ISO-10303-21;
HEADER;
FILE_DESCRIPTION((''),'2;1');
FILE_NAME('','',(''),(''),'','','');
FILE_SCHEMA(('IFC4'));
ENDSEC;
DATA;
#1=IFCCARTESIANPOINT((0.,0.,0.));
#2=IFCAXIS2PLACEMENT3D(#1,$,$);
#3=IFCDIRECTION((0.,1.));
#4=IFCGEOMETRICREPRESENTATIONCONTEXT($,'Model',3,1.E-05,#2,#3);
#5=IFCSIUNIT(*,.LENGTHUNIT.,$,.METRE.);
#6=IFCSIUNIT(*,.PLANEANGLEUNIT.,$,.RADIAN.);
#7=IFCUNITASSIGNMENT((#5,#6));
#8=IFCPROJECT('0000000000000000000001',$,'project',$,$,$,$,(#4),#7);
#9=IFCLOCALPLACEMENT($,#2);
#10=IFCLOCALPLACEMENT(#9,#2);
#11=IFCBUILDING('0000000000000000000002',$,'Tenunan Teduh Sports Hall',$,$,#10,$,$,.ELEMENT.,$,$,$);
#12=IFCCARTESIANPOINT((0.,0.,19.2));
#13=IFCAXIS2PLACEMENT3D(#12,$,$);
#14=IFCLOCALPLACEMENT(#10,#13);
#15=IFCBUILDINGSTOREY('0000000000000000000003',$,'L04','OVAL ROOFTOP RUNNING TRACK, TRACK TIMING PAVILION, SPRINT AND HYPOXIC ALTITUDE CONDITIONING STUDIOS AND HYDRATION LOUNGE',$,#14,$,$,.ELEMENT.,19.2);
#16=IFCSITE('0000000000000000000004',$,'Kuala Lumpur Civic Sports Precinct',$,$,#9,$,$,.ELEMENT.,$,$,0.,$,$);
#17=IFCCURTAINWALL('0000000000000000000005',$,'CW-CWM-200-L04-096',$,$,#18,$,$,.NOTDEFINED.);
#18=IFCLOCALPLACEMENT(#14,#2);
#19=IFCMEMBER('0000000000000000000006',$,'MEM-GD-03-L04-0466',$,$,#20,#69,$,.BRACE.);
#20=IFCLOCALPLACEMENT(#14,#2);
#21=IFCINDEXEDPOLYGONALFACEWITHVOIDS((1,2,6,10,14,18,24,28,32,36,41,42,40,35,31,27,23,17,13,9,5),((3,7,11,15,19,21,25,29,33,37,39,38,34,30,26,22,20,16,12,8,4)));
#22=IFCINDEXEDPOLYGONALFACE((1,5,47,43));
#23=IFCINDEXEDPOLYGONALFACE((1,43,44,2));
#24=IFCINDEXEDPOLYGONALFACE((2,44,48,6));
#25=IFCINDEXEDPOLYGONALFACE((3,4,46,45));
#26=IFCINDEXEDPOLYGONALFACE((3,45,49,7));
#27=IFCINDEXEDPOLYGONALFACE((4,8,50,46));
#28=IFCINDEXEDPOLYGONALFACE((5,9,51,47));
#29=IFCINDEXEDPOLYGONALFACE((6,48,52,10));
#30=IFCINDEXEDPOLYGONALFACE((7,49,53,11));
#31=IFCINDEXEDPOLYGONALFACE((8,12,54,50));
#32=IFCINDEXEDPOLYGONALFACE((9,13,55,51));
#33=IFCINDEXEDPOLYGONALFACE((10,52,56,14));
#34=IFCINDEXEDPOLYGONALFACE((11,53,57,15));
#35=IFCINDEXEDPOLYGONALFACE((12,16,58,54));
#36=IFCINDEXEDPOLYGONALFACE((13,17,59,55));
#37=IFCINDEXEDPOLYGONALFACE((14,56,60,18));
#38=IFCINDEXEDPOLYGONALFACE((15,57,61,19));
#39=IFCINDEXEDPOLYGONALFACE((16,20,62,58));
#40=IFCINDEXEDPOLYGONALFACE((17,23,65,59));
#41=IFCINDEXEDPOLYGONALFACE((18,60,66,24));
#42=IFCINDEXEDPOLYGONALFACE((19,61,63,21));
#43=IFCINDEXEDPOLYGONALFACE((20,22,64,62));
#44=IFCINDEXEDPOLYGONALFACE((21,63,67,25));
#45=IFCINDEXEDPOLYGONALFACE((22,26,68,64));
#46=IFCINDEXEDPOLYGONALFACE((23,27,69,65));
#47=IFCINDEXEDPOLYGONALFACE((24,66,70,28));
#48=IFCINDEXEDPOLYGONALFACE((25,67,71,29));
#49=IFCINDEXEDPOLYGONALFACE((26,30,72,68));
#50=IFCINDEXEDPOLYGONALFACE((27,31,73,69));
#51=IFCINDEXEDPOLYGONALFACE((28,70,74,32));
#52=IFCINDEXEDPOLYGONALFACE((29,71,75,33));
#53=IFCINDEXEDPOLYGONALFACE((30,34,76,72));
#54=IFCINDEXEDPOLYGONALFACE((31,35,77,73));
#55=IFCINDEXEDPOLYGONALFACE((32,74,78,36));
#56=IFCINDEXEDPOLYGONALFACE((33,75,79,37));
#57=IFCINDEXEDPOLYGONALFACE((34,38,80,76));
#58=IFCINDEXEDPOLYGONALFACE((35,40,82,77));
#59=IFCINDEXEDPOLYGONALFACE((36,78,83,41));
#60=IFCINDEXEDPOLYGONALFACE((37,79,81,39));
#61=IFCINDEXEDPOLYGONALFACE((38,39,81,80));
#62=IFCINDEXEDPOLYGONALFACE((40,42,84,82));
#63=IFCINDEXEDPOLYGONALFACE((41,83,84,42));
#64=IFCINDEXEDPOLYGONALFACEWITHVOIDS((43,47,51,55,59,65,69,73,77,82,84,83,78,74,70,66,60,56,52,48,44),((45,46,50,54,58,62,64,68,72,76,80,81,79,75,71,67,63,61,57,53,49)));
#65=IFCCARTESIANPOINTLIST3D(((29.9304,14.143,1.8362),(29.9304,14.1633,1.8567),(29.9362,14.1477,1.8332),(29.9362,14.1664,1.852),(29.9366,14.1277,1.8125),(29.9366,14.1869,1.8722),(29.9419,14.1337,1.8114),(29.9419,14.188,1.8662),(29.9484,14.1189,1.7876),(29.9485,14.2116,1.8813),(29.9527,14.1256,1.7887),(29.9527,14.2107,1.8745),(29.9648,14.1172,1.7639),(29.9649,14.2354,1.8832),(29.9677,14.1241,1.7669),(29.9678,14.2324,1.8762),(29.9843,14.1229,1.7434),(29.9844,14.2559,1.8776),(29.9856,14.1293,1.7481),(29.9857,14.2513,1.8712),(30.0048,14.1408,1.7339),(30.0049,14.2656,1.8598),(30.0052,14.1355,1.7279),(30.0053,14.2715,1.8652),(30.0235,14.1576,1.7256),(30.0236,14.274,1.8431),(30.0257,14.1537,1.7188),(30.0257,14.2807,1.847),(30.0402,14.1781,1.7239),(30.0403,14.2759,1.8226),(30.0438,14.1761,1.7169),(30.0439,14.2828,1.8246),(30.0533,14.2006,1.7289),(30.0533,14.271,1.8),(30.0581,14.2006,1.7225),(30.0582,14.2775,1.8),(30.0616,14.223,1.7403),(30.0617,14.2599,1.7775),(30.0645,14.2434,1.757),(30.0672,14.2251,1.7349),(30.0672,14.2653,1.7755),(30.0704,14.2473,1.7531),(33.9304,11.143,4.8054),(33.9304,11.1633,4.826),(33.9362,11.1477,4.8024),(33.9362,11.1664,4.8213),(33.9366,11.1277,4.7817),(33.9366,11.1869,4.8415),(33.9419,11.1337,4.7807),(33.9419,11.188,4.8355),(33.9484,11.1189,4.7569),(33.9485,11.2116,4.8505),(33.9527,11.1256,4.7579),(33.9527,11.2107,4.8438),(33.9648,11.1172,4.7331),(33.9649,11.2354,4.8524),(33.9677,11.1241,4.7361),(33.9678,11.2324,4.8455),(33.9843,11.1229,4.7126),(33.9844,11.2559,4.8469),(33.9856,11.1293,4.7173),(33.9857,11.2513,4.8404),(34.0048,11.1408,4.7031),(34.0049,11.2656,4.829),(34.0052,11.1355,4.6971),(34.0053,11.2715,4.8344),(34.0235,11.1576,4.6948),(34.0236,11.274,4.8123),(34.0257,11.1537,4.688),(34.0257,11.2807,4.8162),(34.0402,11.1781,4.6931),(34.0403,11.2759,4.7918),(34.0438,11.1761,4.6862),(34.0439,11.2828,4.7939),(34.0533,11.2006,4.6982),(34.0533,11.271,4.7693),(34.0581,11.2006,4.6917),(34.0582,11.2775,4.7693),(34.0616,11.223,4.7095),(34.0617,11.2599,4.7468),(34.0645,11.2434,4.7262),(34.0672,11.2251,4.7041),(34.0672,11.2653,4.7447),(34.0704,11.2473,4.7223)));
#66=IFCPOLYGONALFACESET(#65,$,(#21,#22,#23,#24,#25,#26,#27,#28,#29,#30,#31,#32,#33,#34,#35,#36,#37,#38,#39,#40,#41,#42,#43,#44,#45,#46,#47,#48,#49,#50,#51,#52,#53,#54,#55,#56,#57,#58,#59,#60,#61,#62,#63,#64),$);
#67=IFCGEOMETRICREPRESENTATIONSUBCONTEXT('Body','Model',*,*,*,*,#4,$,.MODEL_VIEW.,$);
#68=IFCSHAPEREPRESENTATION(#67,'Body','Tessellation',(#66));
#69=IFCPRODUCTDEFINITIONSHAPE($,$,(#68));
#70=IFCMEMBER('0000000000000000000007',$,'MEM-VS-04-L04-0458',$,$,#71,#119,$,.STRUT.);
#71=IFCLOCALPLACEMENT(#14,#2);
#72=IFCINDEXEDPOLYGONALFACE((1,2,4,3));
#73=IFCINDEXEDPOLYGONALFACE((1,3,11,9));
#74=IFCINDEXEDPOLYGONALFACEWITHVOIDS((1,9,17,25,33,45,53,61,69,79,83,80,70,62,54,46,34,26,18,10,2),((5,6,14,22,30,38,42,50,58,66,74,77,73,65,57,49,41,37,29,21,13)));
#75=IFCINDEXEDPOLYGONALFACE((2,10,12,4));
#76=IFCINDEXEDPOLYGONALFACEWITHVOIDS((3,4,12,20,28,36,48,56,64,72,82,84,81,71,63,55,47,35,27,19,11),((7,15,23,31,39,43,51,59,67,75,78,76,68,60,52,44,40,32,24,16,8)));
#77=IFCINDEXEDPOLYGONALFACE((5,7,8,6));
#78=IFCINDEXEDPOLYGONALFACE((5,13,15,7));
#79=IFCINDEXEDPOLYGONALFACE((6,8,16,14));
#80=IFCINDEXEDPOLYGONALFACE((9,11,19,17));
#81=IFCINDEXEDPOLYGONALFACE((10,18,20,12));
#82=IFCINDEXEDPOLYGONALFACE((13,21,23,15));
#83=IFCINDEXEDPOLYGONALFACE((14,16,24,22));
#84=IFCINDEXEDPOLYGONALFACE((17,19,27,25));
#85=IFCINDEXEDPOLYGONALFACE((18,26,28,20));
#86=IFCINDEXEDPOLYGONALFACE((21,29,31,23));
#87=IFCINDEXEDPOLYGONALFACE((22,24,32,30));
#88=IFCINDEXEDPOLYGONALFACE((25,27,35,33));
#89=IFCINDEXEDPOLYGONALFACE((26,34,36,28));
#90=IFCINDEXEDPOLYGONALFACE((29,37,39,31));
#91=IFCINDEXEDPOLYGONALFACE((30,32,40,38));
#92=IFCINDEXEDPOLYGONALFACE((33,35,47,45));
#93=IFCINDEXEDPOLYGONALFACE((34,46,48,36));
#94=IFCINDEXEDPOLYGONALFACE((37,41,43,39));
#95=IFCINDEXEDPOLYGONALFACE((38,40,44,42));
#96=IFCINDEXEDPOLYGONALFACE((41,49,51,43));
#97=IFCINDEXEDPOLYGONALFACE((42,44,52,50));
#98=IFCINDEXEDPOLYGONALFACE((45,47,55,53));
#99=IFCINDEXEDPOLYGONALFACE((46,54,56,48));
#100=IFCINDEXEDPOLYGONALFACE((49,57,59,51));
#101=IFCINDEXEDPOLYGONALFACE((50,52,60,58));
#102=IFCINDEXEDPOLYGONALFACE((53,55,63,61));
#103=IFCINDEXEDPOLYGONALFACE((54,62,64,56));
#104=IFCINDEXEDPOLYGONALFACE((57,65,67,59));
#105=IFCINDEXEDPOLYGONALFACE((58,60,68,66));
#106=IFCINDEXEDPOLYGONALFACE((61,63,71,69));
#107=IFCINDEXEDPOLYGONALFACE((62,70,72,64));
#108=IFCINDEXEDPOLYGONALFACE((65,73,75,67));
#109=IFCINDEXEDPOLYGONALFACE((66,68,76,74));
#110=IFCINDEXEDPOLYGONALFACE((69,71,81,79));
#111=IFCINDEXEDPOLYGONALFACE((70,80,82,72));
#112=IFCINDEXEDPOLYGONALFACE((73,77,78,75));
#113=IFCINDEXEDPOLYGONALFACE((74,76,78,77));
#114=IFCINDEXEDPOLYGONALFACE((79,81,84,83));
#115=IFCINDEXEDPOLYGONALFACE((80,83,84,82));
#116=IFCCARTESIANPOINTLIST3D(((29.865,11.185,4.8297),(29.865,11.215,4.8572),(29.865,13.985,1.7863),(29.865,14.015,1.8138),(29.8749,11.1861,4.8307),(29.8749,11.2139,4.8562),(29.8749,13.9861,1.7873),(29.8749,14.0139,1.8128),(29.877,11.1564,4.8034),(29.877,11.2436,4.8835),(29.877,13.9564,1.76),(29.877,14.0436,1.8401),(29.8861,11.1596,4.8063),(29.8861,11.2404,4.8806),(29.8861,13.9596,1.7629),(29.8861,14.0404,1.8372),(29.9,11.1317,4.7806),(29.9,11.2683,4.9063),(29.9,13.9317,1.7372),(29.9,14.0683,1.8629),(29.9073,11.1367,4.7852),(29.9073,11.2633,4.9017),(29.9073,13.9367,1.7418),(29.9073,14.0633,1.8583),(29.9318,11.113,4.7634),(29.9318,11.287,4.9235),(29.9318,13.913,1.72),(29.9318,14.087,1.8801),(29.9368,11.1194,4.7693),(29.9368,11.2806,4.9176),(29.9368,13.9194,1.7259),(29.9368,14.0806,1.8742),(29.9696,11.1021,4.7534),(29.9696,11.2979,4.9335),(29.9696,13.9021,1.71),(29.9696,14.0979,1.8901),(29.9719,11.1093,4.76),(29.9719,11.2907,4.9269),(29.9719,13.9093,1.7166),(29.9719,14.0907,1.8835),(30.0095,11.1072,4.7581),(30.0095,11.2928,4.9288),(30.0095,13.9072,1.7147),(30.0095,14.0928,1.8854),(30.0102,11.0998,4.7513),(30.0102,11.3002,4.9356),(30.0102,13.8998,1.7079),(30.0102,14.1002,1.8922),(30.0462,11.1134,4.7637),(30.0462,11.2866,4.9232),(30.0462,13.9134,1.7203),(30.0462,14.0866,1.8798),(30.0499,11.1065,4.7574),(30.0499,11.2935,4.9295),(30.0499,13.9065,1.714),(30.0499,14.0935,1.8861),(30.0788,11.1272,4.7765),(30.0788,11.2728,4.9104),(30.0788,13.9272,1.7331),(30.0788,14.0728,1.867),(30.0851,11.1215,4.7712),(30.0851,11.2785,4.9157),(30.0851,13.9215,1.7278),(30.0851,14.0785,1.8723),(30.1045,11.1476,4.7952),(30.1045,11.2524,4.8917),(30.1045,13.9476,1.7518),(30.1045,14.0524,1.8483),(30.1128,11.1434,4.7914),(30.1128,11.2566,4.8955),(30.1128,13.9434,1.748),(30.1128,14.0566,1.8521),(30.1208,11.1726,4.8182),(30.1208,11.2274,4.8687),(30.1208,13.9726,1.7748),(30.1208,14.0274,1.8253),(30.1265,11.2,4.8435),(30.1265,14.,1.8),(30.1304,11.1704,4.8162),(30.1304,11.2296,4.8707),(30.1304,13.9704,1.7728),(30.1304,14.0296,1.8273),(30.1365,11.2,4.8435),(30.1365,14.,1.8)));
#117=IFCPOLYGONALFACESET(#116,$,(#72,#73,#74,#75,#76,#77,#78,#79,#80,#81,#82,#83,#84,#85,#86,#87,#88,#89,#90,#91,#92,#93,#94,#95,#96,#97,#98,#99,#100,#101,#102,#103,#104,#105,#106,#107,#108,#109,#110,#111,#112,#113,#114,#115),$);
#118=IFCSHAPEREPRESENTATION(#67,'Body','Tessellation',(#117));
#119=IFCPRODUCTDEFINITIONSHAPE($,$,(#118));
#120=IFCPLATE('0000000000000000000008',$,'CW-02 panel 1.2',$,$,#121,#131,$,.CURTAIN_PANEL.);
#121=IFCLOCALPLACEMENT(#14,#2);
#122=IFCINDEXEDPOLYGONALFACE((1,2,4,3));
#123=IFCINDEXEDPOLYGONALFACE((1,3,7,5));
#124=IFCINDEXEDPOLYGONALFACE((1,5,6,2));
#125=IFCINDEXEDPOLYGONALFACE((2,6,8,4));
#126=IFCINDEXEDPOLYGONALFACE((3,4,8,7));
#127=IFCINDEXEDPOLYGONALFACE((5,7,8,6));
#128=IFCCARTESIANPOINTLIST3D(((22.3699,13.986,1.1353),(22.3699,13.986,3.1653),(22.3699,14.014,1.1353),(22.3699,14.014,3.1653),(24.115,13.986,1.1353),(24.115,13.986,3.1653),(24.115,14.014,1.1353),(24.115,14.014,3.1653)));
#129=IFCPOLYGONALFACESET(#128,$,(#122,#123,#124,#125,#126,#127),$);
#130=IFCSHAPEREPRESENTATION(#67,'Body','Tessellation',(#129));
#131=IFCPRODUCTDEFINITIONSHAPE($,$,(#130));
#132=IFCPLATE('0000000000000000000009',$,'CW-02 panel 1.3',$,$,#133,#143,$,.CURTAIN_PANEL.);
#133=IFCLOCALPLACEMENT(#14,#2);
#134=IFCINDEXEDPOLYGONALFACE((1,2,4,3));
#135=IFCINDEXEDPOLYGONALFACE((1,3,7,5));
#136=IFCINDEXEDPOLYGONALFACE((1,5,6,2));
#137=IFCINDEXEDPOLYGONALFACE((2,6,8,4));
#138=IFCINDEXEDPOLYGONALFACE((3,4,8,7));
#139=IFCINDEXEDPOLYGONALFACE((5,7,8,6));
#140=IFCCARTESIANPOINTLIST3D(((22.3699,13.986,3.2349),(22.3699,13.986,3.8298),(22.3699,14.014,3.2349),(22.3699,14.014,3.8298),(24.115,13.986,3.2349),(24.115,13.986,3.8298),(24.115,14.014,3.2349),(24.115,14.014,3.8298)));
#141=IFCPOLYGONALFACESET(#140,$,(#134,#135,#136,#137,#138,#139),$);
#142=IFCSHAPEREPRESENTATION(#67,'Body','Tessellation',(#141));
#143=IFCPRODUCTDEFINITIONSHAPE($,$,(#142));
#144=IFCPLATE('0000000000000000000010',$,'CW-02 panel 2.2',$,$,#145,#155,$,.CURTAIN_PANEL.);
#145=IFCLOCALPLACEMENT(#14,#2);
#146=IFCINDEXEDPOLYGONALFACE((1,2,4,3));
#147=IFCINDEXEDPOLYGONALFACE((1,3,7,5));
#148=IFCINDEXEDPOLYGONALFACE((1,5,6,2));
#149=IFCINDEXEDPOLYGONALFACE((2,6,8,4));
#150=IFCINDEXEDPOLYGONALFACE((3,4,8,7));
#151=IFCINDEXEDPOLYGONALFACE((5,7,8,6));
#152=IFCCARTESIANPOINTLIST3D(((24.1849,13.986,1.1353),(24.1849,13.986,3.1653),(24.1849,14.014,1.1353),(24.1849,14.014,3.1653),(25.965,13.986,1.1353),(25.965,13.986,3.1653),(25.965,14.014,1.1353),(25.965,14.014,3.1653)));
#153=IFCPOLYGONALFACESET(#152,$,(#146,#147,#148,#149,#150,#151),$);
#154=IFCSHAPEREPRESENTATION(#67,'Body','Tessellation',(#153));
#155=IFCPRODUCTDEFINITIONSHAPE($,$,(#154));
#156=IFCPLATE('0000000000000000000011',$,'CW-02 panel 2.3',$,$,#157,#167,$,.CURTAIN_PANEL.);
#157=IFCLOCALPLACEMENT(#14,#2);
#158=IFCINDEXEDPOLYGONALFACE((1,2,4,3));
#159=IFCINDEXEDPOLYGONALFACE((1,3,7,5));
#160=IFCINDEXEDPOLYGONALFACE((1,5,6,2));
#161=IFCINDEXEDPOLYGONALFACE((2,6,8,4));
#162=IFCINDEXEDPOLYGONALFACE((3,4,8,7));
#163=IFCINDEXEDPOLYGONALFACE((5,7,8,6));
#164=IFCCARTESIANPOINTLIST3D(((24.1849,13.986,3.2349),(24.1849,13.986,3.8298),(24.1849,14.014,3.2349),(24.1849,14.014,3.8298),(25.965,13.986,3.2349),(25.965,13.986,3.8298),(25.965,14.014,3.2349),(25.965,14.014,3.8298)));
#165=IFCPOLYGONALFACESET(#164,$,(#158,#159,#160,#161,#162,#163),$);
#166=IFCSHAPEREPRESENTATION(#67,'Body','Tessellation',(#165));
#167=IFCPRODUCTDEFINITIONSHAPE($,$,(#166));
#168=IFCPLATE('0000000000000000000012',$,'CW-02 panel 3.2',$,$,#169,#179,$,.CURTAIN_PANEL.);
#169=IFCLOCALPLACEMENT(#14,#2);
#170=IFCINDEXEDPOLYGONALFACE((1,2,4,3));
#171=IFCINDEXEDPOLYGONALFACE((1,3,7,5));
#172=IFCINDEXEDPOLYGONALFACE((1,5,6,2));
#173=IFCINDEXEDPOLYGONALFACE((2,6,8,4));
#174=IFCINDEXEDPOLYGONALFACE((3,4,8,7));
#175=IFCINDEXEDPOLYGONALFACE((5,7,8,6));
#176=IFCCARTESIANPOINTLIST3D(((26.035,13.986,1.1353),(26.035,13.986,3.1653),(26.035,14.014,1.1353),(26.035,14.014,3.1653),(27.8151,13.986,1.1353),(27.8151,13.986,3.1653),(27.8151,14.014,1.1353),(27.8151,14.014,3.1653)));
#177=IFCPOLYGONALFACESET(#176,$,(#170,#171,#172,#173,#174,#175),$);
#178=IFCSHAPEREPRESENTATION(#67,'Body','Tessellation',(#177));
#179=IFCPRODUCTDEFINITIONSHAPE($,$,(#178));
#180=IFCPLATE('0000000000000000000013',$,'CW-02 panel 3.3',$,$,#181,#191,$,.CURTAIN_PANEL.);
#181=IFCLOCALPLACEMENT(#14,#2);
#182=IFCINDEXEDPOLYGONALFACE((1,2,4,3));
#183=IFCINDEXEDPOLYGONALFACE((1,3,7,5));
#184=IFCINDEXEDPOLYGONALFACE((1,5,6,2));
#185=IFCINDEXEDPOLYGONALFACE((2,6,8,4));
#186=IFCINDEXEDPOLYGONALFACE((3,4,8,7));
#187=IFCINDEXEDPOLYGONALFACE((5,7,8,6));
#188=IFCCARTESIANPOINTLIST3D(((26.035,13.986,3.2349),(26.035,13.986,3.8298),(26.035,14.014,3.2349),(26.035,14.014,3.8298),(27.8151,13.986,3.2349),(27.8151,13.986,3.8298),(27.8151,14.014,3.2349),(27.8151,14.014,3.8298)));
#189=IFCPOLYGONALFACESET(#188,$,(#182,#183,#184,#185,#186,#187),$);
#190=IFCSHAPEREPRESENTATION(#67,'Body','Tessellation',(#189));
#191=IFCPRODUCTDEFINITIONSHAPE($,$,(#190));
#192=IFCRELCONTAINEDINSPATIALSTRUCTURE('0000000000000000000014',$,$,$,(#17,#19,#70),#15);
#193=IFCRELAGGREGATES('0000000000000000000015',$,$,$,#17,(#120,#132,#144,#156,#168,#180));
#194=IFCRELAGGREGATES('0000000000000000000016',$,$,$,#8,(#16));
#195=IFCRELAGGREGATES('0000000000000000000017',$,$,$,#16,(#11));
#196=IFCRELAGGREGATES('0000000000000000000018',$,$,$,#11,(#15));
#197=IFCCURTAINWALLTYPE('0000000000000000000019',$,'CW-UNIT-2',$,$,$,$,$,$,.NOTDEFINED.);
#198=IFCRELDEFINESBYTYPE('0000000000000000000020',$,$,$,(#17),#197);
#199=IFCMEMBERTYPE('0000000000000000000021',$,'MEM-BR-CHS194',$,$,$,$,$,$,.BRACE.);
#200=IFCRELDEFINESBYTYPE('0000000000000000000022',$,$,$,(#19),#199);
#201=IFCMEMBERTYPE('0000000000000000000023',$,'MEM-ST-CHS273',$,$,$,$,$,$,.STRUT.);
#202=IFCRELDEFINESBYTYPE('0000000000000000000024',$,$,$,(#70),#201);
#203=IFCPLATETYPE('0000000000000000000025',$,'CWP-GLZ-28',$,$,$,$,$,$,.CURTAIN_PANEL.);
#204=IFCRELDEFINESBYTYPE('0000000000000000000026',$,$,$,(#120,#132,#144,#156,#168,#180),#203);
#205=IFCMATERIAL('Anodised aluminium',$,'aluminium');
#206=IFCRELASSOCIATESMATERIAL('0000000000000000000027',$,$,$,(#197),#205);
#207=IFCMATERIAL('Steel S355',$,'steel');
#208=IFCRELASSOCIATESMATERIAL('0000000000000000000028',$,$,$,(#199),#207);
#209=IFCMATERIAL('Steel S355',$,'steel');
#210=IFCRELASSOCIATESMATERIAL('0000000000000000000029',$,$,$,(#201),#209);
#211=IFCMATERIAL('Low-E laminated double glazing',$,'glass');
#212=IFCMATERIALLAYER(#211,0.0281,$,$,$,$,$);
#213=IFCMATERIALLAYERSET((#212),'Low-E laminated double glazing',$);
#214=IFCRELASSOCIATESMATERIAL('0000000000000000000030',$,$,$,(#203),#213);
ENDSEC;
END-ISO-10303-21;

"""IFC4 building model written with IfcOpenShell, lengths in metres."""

from ifc_helpers import new_model, si_unit, direction, frame, origin, origin_2d, place, context, subcontext, project, spatial, rectangle, hollow_circle, extrude, material, layer, layer_set, material_profile, profile_set, type_object, element, aggregate, save


model = new_model("IFC4")

# Units and contexts
model_context = context("Model", 3, precision=1e-05, world=origin(), true_north=direction((0.0, 1.0)))
body_context = subcontext(model_context, "Body", "Model", "MODEL_VIEW")
ifc_project = project(units=[si_unit("LENGTHUNIT", "METRE"), si_unit("PLANEANGLEUNIT", "RADIAN")], contexts=[model_context])

# Site, building, storey
site_placement = place(None, origin())
site = spatial("IfcSite", under=ifc_project, at=site_placement, Name="Kuala Lumpur Civic Sports Precinct", CompositionType="ELEMENT", RefElevation=0.0)
building_placement = place(site_placement, origin())
building = spatial("IfcBuilding", under=site, at=building_placement, Name="Tenunan Teduh Sports Hall", CompositionType="ELEMENT")
storey_placement = place(building_placement, frame((0.0, 0.0, 19.2)))
storey = spatial("IfcBuildingStorey", under=building, at=storey_placement, Name="L04", Description="OVAL ROOFTOP RUNNING TRACK, TRACK TIMING PAVILION, SPRINT AND HYPOXIC ALTITUDE CONDITIONING STUDIOS AND HYDRATION LOUNGE", CompositionType="ELEMENT", Elevation=19.2)

# Curtain wall
ifc_material_1 = material(Name="Anodised aluminium", Category="aluminium")
curtain_wall_type = type_object("IfcCurtainWallType", Name="CW-UNIT-2", PredefinedType="NOTDEFINED", material=ifc_material_1)
curtain_wall_placement = place(storey_placement, origin())
curtain_wall = element("IfcCurtainWall", 1, at=curtain_wall_placement, inside=storey, type_object=curtain_wall_type, Name="CW-CWM-200-L04-096", PredefinedType="NOTDEFINED")

# Members
ifc_material_2 = material(Name="Steel S355", Category="steel")
ifc_material_profile_1 = material_profile(ifc_material_2, hollow_circle(Radius=0.0969, WallThickness=0.0081, at=origin_2d()), Name="CHS 193.7x8.0")
ifc_profile_set_1 = profile_set([ifc_material_profile_1], Name="Steel S355")
member_type_1 = type_object("IfcMemberType", Name="MEM-BR-CHS194", PredefinedType="BRACE", material=ifc_profile_set_1)
for number, where, z_axis, x_axis, name in (
    (2, (30.0, 14.2, 1.8), (0.687854, -0.515891, 0.510601), (0.6, 0.8, 0.0), "MEM-GD-03-L04-0466"),
):
    element("IfcMember", number, at=place(storey_placement, frame(where, z_axis=z_axis, x_axis=x_axis)), inside=storey, type_object=member_type_1, Name=name, PredefinedType="BRACE", context=body_context, shape_type="SweptSolid", body=[
        extrude(hollow_circle(Radius=0.0969, WallThickness=0.0081, at=origin_2d()), origin(), (0.0, 0.0, 1.0), 5.8152),
    ])
ifc_material_3 = material(Name="Steel S355", Category="steel")
ifc_material_profile_2 = material_profile(ifc_material_3, hollow_circle(Radius=0.1365, WallThickness=0.01, at=origin_2d()), Name="CHS 273.0x10.0")
ifc_profile_set_2 = profile_set([ifc_material_profile_2], Name="Steel S355")
member_type_2 = type_object("IfcMemberType", Name="MEM-ST-CHS273", PredefinedType="STRUT", material=ifc_profile_set_2)
member_1_placement = place(storey_placement, frame((30.0, 14.0, 1.8), z_axis=(0.0, -0.677065, 0.735923), x_axis=(1.0, 0.0, 0.0)))
element("IfcMember", 3, at=member_1_placement, inside=storey, type_object=member_type_2, Name="MEM-VS-04-L04-0458", PredefinedType="STRUT", context=body_context, shape_type="SweptSolid", body=[
    extrude(hollow_circle(Radius=0.1365, WallThickness=0.01, at=origin_2d()), origin(), (0.0, 0.0, 1.0), 4.1355),
])

# Plates
ifc_material_4 = material(Name="Low-E laminated double glazing", Category="glass")
ifc_layer_1 = layer(ifc_material_4, 0.0281)
ifc_layer_set_1 = layer_set([ifc_layer_1], Name="Low-E laminated double glazing")
plate_type_1 = type_object("IfcPlateType", Name="CWP-GLZ-28", PredefinedType="CURTAIN_PANEL", material=ifc_layer_set_1)
plate_1_placement = place(storey_placement, frame((23.2424, 14.0, 1.1353), z_axis=(0.0, 0.0, 1.0), x_axis=(1.0, 0.0, 0.0)))
plate_1 = element("IfcPlate", 4, at=plate_1_placement, type_object=plate_type_1, Name="CW-02 panel 1.2", PredefinedType="CURTAIN_PANEL", context=body_context, shape_type="SweptSolid", body=[
    extrude(rectangle(XDim=1.7451, YDim=0.0281, at=origin_2d()), origin(), (0.0, 0.0, 1.0), 2.03),
])
plate_2_placement = place(storey_placement, frame((23.2424, 14.0, 3.2349), z_axis=(0.0, 0.0, 1.0), x_axis=(1.0, 0.0, 0.0)))
plate_2 = element("IfcPlate", 5, at=plate_2_placement, type_object=plate_type_1, Name="CW-02 panel 1.3", PredefinedType="CURTAIN_PANEL", context=body_context, shape_type="SweptSolid", body=[
    extrude(rectangle(XDim=1.7451, YDim=0.0281, at=origin_2d()), origin(), (0.0, 0.0, 1.0), 0.595),
])
plate_3_placement = place(storey_placement, frame((25.075, 14.0, 1.1353), z_axis=(0.0, 0.0, 1.0), x_axis=(1.0, 0.0, 0.0)))
plate_3 = element("IfcPlate", 6, at=plate_3_placement, type_object=plate_type_1, Name="CW-02 panel 2.2", PredefinedType="CURTAIN_PANEL", context=body_context, shape_type="SweptSolid", body=[
    extrude(rectangle(XDim=1.78, YDim=0.0281, at=origin_2d()), origin(), (0.0, 0.0, 1.0), 2.03),
])
plate_4_placement = place(storey_placement, frame((25.075, 14.0, 3.2349), z_axis=(0.0, 0.0, 1.0), x_axis=(1.0, 0.0, 0.0)))
plate_4 = element("IfcPlate", 7, at=plate_4_placement, type_object=plate_type_1, Name="CW-02 panel 2.3", PredefinedType="CURTAIN_PANEL", context=body_context, shape_type="SweptSolid", body=[
    extrude(rectangle(XDim=1.78, YDim=0.0281, at=origin_2d()), origin(), (0.0, 0.0, 1.0), 0.595),
])
plate_5_placement = place(storey_placement, frame((26.925, 14.0, 1.1353), z_axis=(0.0, 0.0, 1.0), x_axis=(1.0, 0.0, 0.0)))
plate_5 = element("IfcPlate", 8, at=plate_5_placement, type_object=plate_type_1, Name="CW-02 panel 3.2", PredefinedType="CURTAIN_PANEL", context=body_context, shape_type="SweptSolid", body=[
    extrude(rectangle(XDim=1.78, YDim=0.0281, at=origin_2d()), origin(), (0.0, 0.0, 1.0), 2.03),
])
plate_6_placement = place(storey_placement, frame((26.925, 14.0, 3.2349), z_axis=(0.0, 0.0, 1.0), x_axis=(1.0, 0.0, 0.0)))
plate_6 = element("IfcPlate", 9, at=plate_6_placement, type_object=plate_type_1, Name="CW-02 panel 3.3", PredefinedType="CURTAIN_PANEL", context=body_context, shape_type="SweptSolid", body=[
    extrude(rectangle(XDim=1.78, YDim=0.0281, at=origin_2d()), origin(), (0.0, 0.0, 1.0), 0.595),
])
aggregate(curtain_wall, [plate_1, plate_2, plate_3, plate_4, plate_5, plate_6])

save(model, "model.ifc")
